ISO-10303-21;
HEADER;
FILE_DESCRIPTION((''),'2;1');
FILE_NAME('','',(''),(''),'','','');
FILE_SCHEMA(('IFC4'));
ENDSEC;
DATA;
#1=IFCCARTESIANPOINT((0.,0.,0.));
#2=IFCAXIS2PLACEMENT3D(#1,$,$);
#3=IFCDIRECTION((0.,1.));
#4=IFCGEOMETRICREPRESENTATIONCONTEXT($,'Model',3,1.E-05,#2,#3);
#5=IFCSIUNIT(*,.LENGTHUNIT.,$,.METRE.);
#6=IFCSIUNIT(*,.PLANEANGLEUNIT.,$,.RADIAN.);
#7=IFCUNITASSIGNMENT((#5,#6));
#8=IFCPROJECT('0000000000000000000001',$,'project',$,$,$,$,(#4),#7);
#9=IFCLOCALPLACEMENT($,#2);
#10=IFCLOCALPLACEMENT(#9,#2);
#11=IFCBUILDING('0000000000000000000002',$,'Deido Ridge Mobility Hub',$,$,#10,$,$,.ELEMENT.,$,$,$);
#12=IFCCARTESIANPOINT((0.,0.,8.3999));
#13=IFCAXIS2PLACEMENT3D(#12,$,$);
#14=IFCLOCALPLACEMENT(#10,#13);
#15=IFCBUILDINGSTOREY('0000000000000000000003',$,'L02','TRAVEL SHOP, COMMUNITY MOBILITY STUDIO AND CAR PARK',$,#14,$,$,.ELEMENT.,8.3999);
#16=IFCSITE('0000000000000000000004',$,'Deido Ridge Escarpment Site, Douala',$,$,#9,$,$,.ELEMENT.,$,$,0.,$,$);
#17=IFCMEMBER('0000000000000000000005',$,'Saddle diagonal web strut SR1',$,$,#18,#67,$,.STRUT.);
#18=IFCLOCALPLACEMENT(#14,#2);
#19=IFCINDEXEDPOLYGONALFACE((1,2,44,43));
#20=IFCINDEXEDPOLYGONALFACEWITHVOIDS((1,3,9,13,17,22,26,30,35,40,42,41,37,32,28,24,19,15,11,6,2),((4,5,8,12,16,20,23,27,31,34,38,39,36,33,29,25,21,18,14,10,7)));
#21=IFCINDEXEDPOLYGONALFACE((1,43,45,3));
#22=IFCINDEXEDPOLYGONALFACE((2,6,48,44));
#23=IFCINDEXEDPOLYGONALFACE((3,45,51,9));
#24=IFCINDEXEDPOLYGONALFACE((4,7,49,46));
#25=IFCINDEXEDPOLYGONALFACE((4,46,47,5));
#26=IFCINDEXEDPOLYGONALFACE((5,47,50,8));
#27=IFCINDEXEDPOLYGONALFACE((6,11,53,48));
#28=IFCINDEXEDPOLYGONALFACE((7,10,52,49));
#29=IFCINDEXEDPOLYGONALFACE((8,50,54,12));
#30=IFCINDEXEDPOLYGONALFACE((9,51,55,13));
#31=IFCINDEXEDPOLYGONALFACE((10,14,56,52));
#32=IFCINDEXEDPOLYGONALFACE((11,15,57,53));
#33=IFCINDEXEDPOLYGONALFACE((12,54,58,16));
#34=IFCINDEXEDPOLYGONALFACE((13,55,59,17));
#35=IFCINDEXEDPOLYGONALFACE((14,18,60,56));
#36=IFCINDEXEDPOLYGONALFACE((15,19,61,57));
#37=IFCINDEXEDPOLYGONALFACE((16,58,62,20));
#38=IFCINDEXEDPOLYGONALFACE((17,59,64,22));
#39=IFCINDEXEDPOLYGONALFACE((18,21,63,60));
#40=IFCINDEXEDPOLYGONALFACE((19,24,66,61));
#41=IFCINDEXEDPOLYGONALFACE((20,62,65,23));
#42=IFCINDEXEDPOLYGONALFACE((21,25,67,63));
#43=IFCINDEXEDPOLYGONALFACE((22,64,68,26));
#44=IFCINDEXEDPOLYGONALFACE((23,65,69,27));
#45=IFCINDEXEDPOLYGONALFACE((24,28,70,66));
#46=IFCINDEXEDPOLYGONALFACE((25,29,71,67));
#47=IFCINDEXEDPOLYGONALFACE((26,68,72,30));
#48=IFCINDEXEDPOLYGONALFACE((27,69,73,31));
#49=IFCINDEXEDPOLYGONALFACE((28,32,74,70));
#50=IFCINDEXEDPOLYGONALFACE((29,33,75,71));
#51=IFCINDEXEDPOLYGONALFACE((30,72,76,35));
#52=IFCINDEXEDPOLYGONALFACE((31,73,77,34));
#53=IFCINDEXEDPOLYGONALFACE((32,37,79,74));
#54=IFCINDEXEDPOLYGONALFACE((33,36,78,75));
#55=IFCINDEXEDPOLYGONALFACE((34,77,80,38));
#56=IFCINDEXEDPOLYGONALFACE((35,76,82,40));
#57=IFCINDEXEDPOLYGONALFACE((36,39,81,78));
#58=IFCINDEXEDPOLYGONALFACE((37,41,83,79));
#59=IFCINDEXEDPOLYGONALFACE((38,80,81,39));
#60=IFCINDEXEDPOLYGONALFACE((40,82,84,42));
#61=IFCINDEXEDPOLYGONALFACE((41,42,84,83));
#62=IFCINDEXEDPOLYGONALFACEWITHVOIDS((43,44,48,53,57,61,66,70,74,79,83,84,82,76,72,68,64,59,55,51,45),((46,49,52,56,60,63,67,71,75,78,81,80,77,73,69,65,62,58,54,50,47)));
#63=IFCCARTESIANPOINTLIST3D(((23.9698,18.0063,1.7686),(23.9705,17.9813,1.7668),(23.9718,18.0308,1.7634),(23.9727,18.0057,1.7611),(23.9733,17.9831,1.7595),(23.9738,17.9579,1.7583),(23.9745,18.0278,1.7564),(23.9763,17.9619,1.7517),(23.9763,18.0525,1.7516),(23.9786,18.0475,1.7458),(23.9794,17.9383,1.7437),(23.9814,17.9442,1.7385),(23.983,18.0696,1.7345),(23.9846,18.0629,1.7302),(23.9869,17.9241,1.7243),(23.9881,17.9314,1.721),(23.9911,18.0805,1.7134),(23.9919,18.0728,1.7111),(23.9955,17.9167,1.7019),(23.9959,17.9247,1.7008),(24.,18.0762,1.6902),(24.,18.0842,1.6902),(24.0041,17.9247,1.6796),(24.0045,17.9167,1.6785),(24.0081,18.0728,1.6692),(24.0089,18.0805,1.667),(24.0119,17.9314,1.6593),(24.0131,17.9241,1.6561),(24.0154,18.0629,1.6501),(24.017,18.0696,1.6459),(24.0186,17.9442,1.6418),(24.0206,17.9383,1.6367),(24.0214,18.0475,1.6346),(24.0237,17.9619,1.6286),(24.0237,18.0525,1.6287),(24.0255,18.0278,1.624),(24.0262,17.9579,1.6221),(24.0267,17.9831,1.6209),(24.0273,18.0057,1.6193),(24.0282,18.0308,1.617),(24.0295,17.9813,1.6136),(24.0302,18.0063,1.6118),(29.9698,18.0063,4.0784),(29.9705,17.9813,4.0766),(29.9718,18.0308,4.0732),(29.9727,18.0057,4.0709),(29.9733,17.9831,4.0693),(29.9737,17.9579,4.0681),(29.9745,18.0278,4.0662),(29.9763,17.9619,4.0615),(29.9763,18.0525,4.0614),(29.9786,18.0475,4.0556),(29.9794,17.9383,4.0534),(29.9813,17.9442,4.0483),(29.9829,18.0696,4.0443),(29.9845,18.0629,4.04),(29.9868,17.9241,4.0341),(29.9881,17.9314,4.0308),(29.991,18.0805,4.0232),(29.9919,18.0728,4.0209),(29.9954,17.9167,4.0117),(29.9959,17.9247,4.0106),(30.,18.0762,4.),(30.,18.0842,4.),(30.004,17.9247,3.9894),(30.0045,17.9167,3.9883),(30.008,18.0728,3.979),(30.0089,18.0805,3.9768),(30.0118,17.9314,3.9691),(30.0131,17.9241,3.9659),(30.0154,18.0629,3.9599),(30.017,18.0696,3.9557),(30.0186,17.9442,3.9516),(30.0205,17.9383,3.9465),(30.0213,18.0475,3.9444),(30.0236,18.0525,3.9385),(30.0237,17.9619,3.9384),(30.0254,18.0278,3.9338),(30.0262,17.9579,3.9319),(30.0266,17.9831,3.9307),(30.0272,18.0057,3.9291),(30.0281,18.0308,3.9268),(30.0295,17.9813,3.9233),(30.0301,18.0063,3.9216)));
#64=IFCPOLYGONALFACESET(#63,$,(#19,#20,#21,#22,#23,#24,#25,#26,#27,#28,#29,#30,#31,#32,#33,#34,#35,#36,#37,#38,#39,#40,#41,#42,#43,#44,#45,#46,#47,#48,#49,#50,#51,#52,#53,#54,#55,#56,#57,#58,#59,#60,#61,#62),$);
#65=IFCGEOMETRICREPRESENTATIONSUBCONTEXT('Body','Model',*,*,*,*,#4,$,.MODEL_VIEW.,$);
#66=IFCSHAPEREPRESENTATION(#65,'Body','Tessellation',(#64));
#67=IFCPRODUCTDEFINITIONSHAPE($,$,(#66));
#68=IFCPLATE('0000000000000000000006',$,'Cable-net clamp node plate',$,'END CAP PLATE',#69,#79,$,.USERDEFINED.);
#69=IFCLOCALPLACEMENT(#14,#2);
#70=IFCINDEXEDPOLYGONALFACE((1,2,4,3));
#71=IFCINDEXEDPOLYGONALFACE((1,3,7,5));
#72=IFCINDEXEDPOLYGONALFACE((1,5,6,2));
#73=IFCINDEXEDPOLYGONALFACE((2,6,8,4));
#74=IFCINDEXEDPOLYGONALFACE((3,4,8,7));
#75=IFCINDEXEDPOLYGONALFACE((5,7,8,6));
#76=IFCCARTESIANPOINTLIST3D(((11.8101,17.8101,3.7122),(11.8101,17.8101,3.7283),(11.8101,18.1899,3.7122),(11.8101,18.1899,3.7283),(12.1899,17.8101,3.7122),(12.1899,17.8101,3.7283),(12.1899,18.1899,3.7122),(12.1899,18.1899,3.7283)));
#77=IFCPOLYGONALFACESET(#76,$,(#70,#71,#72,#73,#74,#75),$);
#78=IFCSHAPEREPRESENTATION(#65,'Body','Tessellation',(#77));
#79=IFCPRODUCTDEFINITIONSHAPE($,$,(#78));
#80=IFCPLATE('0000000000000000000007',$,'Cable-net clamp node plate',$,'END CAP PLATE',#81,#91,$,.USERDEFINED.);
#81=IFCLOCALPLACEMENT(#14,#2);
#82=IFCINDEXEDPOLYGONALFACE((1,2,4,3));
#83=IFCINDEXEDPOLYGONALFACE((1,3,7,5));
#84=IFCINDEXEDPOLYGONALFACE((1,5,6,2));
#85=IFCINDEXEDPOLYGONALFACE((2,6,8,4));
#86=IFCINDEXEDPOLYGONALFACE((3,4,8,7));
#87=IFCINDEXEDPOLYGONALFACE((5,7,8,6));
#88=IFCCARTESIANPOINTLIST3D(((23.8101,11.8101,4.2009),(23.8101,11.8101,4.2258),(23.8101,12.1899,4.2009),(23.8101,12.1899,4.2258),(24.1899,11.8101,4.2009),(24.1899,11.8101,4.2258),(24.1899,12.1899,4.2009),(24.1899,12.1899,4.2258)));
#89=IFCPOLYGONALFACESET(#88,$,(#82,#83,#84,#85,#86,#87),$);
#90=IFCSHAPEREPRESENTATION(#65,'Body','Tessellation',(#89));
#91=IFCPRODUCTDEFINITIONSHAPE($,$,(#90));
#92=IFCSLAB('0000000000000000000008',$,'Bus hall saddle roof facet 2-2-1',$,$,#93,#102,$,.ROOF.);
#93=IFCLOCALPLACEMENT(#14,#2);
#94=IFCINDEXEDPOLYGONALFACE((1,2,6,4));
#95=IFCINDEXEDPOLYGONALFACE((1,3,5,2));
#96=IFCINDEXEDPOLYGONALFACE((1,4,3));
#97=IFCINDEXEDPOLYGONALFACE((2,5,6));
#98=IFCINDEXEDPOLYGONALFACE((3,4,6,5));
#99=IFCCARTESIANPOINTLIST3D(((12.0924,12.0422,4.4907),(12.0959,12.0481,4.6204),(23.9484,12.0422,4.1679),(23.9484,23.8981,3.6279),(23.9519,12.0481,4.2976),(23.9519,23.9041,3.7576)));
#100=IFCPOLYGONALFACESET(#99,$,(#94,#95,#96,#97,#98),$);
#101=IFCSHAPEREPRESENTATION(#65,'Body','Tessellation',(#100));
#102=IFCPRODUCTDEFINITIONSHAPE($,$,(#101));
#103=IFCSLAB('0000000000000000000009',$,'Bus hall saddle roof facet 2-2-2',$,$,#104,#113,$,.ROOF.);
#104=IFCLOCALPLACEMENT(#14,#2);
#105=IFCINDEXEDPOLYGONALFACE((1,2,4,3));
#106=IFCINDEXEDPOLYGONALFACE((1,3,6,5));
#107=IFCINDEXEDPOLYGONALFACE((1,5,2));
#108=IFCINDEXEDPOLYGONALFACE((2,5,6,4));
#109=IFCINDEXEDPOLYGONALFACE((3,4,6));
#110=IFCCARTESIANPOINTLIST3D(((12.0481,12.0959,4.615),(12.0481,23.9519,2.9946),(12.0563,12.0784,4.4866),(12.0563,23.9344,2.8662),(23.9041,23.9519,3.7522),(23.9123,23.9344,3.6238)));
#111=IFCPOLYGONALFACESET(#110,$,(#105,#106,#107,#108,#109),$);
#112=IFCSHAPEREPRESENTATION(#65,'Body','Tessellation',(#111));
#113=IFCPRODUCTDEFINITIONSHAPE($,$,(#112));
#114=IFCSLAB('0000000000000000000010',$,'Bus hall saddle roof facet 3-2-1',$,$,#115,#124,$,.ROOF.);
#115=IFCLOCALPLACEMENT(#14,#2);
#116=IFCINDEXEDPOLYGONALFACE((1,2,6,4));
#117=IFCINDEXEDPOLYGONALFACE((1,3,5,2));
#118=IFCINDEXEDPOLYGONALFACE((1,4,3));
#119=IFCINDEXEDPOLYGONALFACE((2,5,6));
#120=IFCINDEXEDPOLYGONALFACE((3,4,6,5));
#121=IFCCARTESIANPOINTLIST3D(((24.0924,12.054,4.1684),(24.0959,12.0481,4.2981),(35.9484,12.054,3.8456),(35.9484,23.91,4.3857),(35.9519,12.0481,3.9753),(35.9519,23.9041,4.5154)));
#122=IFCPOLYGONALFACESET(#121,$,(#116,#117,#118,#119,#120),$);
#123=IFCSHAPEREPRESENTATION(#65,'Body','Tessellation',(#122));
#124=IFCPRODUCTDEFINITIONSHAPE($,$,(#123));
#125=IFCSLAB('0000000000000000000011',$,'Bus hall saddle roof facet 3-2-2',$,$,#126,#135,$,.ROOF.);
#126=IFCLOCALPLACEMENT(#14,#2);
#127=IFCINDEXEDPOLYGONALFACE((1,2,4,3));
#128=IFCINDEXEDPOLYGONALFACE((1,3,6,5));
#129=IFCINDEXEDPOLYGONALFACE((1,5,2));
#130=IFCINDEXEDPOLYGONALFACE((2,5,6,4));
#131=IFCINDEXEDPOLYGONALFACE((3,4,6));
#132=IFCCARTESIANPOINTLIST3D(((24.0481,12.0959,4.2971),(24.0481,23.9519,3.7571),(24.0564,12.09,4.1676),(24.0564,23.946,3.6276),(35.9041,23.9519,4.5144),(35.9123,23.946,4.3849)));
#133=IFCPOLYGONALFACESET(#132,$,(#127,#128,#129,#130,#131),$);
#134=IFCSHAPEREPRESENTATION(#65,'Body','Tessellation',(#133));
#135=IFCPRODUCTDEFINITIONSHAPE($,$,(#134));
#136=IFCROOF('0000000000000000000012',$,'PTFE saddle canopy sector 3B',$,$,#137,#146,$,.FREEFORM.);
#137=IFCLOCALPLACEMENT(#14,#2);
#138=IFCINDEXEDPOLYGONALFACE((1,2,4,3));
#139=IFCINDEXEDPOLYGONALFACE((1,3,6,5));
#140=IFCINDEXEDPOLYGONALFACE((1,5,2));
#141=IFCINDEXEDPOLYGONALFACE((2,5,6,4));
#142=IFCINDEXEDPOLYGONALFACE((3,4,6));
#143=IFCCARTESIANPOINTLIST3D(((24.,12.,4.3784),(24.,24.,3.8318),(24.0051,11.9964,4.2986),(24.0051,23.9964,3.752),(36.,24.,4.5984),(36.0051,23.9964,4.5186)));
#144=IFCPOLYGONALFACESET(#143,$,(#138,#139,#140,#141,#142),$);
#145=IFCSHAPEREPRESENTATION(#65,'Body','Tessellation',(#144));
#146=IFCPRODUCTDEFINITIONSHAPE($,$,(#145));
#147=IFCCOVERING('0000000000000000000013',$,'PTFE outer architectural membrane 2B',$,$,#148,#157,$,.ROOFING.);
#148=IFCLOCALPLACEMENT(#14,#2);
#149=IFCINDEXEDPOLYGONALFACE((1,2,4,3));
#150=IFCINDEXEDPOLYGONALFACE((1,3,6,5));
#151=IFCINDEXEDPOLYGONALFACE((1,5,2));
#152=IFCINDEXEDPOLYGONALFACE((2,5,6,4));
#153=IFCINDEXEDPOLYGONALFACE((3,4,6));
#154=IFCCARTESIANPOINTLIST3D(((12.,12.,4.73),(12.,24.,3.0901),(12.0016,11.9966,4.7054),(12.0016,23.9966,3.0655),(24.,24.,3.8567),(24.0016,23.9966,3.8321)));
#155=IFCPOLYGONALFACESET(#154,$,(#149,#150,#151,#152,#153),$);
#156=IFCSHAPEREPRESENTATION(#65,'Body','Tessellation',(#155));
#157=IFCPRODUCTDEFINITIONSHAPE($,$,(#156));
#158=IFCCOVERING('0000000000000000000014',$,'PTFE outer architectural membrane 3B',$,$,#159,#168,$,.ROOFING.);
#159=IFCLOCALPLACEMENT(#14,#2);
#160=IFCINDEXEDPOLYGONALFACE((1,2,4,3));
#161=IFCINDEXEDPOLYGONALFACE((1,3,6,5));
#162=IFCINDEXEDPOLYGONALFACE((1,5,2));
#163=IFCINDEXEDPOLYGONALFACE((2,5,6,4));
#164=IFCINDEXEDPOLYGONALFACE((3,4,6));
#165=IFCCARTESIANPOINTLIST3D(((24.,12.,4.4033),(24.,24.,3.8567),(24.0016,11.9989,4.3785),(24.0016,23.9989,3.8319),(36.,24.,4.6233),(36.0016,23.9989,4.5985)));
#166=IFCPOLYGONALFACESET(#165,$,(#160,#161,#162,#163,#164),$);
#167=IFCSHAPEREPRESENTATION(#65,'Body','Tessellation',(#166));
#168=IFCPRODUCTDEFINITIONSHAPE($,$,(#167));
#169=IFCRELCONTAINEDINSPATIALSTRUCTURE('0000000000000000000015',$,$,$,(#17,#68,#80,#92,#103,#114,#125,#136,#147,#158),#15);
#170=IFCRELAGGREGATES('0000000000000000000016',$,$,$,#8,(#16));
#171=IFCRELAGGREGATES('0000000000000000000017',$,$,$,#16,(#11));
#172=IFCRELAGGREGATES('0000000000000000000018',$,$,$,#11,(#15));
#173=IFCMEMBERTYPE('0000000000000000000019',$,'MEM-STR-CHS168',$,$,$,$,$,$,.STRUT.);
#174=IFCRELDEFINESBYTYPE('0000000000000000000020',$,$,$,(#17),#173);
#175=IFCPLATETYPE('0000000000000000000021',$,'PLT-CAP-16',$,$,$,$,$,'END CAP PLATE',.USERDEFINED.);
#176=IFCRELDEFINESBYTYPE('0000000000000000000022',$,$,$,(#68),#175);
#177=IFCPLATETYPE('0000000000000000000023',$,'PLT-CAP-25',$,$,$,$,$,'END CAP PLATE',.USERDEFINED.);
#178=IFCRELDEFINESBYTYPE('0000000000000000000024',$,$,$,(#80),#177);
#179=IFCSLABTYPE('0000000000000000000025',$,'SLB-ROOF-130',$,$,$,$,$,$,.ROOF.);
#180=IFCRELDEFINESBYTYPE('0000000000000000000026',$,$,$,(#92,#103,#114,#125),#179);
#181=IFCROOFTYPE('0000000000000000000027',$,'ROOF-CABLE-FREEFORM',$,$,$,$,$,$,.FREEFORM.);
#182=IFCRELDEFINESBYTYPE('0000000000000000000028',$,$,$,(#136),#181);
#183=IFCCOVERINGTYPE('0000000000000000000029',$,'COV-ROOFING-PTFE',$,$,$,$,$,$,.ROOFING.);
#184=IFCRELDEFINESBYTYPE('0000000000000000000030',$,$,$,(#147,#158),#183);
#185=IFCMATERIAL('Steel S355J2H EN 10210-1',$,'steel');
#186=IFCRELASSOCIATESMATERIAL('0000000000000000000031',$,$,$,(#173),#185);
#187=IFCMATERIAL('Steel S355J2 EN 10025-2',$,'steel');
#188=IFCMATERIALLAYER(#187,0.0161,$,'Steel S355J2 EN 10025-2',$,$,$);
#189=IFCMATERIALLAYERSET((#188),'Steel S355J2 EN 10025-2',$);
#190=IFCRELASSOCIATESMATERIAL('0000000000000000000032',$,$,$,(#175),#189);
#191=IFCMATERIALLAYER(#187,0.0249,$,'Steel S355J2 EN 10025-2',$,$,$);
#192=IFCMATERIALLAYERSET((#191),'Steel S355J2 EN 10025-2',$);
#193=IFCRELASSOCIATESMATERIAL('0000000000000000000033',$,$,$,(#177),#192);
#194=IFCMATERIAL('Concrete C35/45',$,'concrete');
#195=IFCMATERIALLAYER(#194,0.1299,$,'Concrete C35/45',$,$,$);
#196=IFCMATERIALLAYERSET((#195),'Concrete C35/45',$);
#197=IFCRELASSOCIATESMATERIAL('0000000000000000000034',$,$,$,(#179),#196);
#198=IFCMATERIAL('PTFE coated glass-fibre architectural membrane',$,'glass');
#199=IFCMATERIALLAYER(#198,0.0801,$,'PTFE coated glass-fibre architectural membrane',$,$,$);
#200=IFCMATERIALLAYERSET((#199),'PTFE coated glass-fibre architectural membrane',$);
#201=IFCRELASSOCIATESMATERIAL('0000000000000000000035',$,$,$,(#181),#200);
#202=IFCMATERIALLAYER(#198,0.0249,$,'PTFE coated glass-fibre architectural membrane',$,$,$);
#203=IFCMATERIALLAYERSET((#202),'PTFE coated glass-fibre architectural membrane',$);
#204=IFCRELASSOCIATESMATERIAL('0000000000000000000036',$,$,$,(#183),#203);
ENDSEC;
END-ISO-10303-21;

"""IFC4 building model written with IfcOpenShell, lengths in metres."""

from ifc_helpers import new_model, si_unit, direction, frame, origin, origin_2d, place, context, subcontext, project, spatial, polyline, rectangle, hollow_circle, outline, extrude, material, layer, layer_set, material_profile, profile_set, type_object, element, save


model = new_model("IFC4")

# Units and contexts
model_context = context("Model", 3, precision=1e-05, world=origin(), true_north=direction((0.0, 1.0)))
body_context = subcontext(model_context, "Body", "Model", "MODEL_VIEW")
ifc_project = project(units=[si_unit("LENGTHUNIT", "METRE"), si_unit("PLANEANGLEUNIT", "RADIAN")], contexts=[model_context])

# Site, building, storey
site_placement = place(None, origin())
site = spatial("IfcSite", under=ifc_project, at=site_placement, Name="Deido Ridge Escarpment Site, Douala", CompositionType="ELEMENT", RefElevation=0.0)
building_placement = place(site_placement, origin())
building = spatial("IfcBuilding", under=site, at=building_placement, Name="Deido Ridge Mobility Hub", CompositionType="ELEMENT")
storey_placement = place(building_placement, frame((0.0, 0.0, 8.3999)))
storey = spatial("IfcBuildingStorey", under=building, at=storey_placement, Name="L02", Description="TRAVEL SHOP, COMMUNITY MOBILITY STUDIO AND CAR PARK", CompositionType="ELEMENT", Elevation=8.3999)

# Member
ifc_material_1 = material(Name="Steel S355J2H EN 10210-1", Category="steel")
ifc_material_profile_1 = material_profile(ifc_material_1, hollow_circle(Radius=0.0842, WallThickness=0.0081, at=origin_2d()), Name="CHS 168.3x8")
ifc_profile_set_1 = profile_set([ifc_material_profile_1], Name="Steel S355J2H EN 10210-1")
member_type_1 = type_object("IfcMemberType", Name="MEM-STR-CHS168", PredefinedType="STRUT", material=ifc_profile_set_1)
member_1_placement = place(storey_placement, frame((24.0, 18.0, 1.6902), z_axis=(0.933235, 0.0, 0.359267), x_axis=(0.0, 1.0, 0.0)))
element("IfcMember", 1, at=member_1_placement, inside=storey, type_object=member_type_1, Name="Saddle diagonal web strut SR1", PredefinedType="STRUT", context=body_context, shape_type="SweptSolid", body=[
    extrude(hollow_circle(Radius=0.0842, WallThickness=0.0081, at=origin_2d()), origin(), (0.0, 0.0, 1.0), 6.4292),
])

# Plates
ifc_material_2 = material(Name="Steel S355J2 EN 10025-2", Category="steel")
ifc_layer_1 = layer(ifc_material_2, 0.0161, Name="Steel S355J2 EN 10025-2")
ifc_layer_set_1 = layer_set([ifc_layer_1], Name="Steel S355J2 EN 10025-2")
plate_type_1 = type_object("IfcPlateType", Name="PLT-CAP-16", ElementType="END CAP PLATE", PredefinedType="USERDEFINED", material=ifc_layer_set_1)
plate_1_placement = place(storey_placement, frame((12.0, 18.0, 3.7122), z_axis=(0.0, 0.0, 1.0), x_axis=(1.0, 0.0, 0.0)))
element("IfcPlate", 2, at=plate_1_placement, inside=storey, type_object=plate_type_1, Name="Cable-net clamp node plate", ObjectType="END CAP PLATE", PredefinedType="USERDEFINED", context=body_context, shape_type="SweptSolid", body=[
    extrude(rectangle(XDim=0.3799, YDim=0.3799, at=origin_2d()), origin(), (0.0, 0.0, 1.0), 0.0161),
])
ifc_layer_2 = layer(ifc_material_2, 0.0249, Name="Steel S355J2 EN 10025-2")
ifc_layer_set_2 = layer_set([ifc_layer_2], Name="Steel S355J2 EN 10025-2")
plate_type_2 = type_object("IfcPlateType", Name="PLT-CAP-25", ElementType="END CAP PLATE", PredefinedType="USERDEFINED", material=ifc_layer_set_2)
plate_2_placement = place(storey_placement, frame((24.0, 12.0, 4.2009), z_axis=(0.0, 0.0, 1.0), x_axis=(1.0, 0.0, 0.0)))
element("IfcPlate", 3, at=plate_2_placement, inside=storey, type_object=plate_type_2, Name="Cable-net clamp node plate", ObjectType="END CAP PLATE", PredefinedType="USERDEFINED", context=body_context, shape_type="SweptSolid", body=[
    extrude(rectangle(XDim=0.3799, YDim=0.3799, at=origin_2d()), origin(), (0.0, 0.0, 1.0), 0.0249),
])

# Slabs
ifc_material_3 = material(Name="Concrete C35/45", Category="concrete")
ifc_layer_3 = layer(ifc_material_3, 0.1299, Name="Concrete C35/45")
ifc_layer_set_3 = layer_set([ifc_layer_3], Name="Concrete C35/45")
slab_type = type_object("IfcSlabType", Name="SLB-ROOF-130", PredefinedType="ROOF", material=ifc_layer_set_3)
slab_1_placement = place(storey_placement, frame((12.0959, 12.0481, 4.6204), z_axis=(0.027185, 0.045486, 0.998595), x_axis=(0.99963, 0.0, -0.027213)))
element("IfcSlab", 4, at=slab_1_placement, inside=storey, type_object=slab_type, Name="Bus hall saddle roof facet 2-2-1", PredefinedType="ROOF", context=body_context, shape_type="SweptSolid", body=[
    extrude(outline(polyline([(0.0, 0.0), (11.8603, 0.0), (11.875, 11.8682), (0.0, 0.0)])), origin(), (0.0, 0.0, -1.0), 0.1299),
])
slab_2_placement = place(storey_placement, frame((12.0481, 12.0959, 4.615), z_axis=(-0.063183, 0.135141, 0.98881), x_axis=(0.706172, 0.706172, -0.05139)))
element("IfcSlab", 5, at=slab_2_placement, inside=storey, type_object=slab_type, Name="Bus hall saddle roof facet 2-2-2", PredefinedType="ROOF", context=body_context, shape_type="SweptSolid", body=[
    extrude(outline(polyline([(0.0, 0.0), (16.789, 0.0), (8.4556, 8.4671), (0.0, 0.0)])), origin(), (0.0, 0.0, -1.0), 0.1299),
])
slab_3_placement = place(storey_placement, frame((24.0959, 12.0481, 4.2981), z_axis=(0.027185, -0.045486, 0.998595), x_axis=(0.99963, 0.0, -0.027213)))
element("IfcSlab", 6, at=slab_3_placement, inside=storey, type_object=slab_type, Name="Bus hall saddle roof facet 3-2-1", PredefinedType="ROOF", context=body_context, shape_type="SweptSolid", body=[
    extrude(outline(polyline([(0.0, 0.0), (11.8603, 0.0), (11.8457, 11.8682), (0.0, 0.0)])), origin(), (0.0, 0.0, -1.0), 0.1299),
])
slab_4_placement = place(storey_placement, frame((24.0481, 12.0959, 4.2971), z_axis=(-0.063681, 0.04541, 0.996937), x_axis=(0.707047, 0.707047, 0.012958)))
element("IfcSlab", 7, at=slab_4_placement, inside=storey, type_object=slab_type, Name="Bus hall saddle roof facet 3-2-2", PredefinedType="ROOF", context=body_context, shape_type="SweptSolid", body=[
    extrude(outline(polyline([(0.0, 0.0), (16.7683, 0.0), (8.3757, 8.4085), (0.0, 0.0)])), origin(), (0.0, 0.0, -1.0), 0.1299),
])

# Roof
ifc_material_4 = material(Name="PTFE coated glass-fibre architectural membrane", Category="glass")
ifc_layer_4 = layer(ifc_material_4, 0.0801, Name="PTFE coated glass-fibre architectural membrane")
ifc_layer_set_4 = layer_set([ifc_layer_4], Name="PTFE coated glass-fibre architectural membrane")
roof_type = type_object("IfcRoofType", Name="ROOF-CABLE-FREEFORM", PredefinedType="FREEFORM", material=ifc_layer_set_4)
roof_placement = place(storey_placement, frame((24.0, 12.0, 4.3784), z_axis=(-0.063688, 0.045413, 0.996936), x_axis=(0.707047, 0.707047, 0.012961)))
element("IfcRoof", 8, at=roof_placement, inside=storey, type_object=roof_type, Name="PTFE saddle canopy sector 3B", PredefinedType="FREEFORM", context=body_context, shape_type="SweptSolid", body=[
    extrude(outline(polyline([(0.0, 0.0), (16.972, 0.0), (8.4775, 8.5106), (0.0, 0.0)])), origin(), (0.0, 0.0, -1.0), 0.0801),
])

# Coverings
ifc_layer_5 = layer(ifc_material_4, 0.0249, Name="PTFE coated glass-fibre architectural membrane")
ifc_layer_set_5 = layer_set([ifc_layer_5], Name="PTFE coated glass-fibre architectural membrane")
covering_type = type_object("IfcCoveringType", Name="COV-ROOFING-PTFE", PredefinedType="ROOFING", material=ifc_layer_set_5)
covering_1_placement = place(storey_placement, frame((12.0, 12.0, 4.73), z_axis=(-0.063169, 0.135129, 0.988812), x_axis=(0.706172, 0.706172, -0.051391)))
element("IfcCovering", 9, at=covering_1_placement, inside=storey, type_object=covering_type, Name="PTFE outer architectural membrane 2B", PredefinedType="ROOFING", context=body_context, shape_type="SweptSolid", body=[
    extrude(outline(polyline([(0.0, 0.0), (16.993, 0.0), (8.5583, 8.5699), (0.0, 0.0)])), origin(), (0.0, 0.0, -1.0), 0.0249),
])
covering_2_placement = place(storey_placement, frame((24.0, 12.0, 4.4033), z_axis=(-0.063688, 0.045413, 0.996936), x_axis=(0.707047, 0.707047, 0.012961)))
element("IfcCovering", 10, at=covering_2_placement, inside=storey, type_object=covering_type, Name="PTFE outer architectural membrane 3B", PredefinedType="ROOFING", context=body_context, shape_type="SweptSolid", body=[
    extrude(outline(polyline([(0.0, 0.0), (16.972, 0.0), (8.4775, 8.5106), (0.0, 0.0)])), origin(), (0.0, 0.0, -1.0), 0.0249),
])

save(model, "model.ifc")
